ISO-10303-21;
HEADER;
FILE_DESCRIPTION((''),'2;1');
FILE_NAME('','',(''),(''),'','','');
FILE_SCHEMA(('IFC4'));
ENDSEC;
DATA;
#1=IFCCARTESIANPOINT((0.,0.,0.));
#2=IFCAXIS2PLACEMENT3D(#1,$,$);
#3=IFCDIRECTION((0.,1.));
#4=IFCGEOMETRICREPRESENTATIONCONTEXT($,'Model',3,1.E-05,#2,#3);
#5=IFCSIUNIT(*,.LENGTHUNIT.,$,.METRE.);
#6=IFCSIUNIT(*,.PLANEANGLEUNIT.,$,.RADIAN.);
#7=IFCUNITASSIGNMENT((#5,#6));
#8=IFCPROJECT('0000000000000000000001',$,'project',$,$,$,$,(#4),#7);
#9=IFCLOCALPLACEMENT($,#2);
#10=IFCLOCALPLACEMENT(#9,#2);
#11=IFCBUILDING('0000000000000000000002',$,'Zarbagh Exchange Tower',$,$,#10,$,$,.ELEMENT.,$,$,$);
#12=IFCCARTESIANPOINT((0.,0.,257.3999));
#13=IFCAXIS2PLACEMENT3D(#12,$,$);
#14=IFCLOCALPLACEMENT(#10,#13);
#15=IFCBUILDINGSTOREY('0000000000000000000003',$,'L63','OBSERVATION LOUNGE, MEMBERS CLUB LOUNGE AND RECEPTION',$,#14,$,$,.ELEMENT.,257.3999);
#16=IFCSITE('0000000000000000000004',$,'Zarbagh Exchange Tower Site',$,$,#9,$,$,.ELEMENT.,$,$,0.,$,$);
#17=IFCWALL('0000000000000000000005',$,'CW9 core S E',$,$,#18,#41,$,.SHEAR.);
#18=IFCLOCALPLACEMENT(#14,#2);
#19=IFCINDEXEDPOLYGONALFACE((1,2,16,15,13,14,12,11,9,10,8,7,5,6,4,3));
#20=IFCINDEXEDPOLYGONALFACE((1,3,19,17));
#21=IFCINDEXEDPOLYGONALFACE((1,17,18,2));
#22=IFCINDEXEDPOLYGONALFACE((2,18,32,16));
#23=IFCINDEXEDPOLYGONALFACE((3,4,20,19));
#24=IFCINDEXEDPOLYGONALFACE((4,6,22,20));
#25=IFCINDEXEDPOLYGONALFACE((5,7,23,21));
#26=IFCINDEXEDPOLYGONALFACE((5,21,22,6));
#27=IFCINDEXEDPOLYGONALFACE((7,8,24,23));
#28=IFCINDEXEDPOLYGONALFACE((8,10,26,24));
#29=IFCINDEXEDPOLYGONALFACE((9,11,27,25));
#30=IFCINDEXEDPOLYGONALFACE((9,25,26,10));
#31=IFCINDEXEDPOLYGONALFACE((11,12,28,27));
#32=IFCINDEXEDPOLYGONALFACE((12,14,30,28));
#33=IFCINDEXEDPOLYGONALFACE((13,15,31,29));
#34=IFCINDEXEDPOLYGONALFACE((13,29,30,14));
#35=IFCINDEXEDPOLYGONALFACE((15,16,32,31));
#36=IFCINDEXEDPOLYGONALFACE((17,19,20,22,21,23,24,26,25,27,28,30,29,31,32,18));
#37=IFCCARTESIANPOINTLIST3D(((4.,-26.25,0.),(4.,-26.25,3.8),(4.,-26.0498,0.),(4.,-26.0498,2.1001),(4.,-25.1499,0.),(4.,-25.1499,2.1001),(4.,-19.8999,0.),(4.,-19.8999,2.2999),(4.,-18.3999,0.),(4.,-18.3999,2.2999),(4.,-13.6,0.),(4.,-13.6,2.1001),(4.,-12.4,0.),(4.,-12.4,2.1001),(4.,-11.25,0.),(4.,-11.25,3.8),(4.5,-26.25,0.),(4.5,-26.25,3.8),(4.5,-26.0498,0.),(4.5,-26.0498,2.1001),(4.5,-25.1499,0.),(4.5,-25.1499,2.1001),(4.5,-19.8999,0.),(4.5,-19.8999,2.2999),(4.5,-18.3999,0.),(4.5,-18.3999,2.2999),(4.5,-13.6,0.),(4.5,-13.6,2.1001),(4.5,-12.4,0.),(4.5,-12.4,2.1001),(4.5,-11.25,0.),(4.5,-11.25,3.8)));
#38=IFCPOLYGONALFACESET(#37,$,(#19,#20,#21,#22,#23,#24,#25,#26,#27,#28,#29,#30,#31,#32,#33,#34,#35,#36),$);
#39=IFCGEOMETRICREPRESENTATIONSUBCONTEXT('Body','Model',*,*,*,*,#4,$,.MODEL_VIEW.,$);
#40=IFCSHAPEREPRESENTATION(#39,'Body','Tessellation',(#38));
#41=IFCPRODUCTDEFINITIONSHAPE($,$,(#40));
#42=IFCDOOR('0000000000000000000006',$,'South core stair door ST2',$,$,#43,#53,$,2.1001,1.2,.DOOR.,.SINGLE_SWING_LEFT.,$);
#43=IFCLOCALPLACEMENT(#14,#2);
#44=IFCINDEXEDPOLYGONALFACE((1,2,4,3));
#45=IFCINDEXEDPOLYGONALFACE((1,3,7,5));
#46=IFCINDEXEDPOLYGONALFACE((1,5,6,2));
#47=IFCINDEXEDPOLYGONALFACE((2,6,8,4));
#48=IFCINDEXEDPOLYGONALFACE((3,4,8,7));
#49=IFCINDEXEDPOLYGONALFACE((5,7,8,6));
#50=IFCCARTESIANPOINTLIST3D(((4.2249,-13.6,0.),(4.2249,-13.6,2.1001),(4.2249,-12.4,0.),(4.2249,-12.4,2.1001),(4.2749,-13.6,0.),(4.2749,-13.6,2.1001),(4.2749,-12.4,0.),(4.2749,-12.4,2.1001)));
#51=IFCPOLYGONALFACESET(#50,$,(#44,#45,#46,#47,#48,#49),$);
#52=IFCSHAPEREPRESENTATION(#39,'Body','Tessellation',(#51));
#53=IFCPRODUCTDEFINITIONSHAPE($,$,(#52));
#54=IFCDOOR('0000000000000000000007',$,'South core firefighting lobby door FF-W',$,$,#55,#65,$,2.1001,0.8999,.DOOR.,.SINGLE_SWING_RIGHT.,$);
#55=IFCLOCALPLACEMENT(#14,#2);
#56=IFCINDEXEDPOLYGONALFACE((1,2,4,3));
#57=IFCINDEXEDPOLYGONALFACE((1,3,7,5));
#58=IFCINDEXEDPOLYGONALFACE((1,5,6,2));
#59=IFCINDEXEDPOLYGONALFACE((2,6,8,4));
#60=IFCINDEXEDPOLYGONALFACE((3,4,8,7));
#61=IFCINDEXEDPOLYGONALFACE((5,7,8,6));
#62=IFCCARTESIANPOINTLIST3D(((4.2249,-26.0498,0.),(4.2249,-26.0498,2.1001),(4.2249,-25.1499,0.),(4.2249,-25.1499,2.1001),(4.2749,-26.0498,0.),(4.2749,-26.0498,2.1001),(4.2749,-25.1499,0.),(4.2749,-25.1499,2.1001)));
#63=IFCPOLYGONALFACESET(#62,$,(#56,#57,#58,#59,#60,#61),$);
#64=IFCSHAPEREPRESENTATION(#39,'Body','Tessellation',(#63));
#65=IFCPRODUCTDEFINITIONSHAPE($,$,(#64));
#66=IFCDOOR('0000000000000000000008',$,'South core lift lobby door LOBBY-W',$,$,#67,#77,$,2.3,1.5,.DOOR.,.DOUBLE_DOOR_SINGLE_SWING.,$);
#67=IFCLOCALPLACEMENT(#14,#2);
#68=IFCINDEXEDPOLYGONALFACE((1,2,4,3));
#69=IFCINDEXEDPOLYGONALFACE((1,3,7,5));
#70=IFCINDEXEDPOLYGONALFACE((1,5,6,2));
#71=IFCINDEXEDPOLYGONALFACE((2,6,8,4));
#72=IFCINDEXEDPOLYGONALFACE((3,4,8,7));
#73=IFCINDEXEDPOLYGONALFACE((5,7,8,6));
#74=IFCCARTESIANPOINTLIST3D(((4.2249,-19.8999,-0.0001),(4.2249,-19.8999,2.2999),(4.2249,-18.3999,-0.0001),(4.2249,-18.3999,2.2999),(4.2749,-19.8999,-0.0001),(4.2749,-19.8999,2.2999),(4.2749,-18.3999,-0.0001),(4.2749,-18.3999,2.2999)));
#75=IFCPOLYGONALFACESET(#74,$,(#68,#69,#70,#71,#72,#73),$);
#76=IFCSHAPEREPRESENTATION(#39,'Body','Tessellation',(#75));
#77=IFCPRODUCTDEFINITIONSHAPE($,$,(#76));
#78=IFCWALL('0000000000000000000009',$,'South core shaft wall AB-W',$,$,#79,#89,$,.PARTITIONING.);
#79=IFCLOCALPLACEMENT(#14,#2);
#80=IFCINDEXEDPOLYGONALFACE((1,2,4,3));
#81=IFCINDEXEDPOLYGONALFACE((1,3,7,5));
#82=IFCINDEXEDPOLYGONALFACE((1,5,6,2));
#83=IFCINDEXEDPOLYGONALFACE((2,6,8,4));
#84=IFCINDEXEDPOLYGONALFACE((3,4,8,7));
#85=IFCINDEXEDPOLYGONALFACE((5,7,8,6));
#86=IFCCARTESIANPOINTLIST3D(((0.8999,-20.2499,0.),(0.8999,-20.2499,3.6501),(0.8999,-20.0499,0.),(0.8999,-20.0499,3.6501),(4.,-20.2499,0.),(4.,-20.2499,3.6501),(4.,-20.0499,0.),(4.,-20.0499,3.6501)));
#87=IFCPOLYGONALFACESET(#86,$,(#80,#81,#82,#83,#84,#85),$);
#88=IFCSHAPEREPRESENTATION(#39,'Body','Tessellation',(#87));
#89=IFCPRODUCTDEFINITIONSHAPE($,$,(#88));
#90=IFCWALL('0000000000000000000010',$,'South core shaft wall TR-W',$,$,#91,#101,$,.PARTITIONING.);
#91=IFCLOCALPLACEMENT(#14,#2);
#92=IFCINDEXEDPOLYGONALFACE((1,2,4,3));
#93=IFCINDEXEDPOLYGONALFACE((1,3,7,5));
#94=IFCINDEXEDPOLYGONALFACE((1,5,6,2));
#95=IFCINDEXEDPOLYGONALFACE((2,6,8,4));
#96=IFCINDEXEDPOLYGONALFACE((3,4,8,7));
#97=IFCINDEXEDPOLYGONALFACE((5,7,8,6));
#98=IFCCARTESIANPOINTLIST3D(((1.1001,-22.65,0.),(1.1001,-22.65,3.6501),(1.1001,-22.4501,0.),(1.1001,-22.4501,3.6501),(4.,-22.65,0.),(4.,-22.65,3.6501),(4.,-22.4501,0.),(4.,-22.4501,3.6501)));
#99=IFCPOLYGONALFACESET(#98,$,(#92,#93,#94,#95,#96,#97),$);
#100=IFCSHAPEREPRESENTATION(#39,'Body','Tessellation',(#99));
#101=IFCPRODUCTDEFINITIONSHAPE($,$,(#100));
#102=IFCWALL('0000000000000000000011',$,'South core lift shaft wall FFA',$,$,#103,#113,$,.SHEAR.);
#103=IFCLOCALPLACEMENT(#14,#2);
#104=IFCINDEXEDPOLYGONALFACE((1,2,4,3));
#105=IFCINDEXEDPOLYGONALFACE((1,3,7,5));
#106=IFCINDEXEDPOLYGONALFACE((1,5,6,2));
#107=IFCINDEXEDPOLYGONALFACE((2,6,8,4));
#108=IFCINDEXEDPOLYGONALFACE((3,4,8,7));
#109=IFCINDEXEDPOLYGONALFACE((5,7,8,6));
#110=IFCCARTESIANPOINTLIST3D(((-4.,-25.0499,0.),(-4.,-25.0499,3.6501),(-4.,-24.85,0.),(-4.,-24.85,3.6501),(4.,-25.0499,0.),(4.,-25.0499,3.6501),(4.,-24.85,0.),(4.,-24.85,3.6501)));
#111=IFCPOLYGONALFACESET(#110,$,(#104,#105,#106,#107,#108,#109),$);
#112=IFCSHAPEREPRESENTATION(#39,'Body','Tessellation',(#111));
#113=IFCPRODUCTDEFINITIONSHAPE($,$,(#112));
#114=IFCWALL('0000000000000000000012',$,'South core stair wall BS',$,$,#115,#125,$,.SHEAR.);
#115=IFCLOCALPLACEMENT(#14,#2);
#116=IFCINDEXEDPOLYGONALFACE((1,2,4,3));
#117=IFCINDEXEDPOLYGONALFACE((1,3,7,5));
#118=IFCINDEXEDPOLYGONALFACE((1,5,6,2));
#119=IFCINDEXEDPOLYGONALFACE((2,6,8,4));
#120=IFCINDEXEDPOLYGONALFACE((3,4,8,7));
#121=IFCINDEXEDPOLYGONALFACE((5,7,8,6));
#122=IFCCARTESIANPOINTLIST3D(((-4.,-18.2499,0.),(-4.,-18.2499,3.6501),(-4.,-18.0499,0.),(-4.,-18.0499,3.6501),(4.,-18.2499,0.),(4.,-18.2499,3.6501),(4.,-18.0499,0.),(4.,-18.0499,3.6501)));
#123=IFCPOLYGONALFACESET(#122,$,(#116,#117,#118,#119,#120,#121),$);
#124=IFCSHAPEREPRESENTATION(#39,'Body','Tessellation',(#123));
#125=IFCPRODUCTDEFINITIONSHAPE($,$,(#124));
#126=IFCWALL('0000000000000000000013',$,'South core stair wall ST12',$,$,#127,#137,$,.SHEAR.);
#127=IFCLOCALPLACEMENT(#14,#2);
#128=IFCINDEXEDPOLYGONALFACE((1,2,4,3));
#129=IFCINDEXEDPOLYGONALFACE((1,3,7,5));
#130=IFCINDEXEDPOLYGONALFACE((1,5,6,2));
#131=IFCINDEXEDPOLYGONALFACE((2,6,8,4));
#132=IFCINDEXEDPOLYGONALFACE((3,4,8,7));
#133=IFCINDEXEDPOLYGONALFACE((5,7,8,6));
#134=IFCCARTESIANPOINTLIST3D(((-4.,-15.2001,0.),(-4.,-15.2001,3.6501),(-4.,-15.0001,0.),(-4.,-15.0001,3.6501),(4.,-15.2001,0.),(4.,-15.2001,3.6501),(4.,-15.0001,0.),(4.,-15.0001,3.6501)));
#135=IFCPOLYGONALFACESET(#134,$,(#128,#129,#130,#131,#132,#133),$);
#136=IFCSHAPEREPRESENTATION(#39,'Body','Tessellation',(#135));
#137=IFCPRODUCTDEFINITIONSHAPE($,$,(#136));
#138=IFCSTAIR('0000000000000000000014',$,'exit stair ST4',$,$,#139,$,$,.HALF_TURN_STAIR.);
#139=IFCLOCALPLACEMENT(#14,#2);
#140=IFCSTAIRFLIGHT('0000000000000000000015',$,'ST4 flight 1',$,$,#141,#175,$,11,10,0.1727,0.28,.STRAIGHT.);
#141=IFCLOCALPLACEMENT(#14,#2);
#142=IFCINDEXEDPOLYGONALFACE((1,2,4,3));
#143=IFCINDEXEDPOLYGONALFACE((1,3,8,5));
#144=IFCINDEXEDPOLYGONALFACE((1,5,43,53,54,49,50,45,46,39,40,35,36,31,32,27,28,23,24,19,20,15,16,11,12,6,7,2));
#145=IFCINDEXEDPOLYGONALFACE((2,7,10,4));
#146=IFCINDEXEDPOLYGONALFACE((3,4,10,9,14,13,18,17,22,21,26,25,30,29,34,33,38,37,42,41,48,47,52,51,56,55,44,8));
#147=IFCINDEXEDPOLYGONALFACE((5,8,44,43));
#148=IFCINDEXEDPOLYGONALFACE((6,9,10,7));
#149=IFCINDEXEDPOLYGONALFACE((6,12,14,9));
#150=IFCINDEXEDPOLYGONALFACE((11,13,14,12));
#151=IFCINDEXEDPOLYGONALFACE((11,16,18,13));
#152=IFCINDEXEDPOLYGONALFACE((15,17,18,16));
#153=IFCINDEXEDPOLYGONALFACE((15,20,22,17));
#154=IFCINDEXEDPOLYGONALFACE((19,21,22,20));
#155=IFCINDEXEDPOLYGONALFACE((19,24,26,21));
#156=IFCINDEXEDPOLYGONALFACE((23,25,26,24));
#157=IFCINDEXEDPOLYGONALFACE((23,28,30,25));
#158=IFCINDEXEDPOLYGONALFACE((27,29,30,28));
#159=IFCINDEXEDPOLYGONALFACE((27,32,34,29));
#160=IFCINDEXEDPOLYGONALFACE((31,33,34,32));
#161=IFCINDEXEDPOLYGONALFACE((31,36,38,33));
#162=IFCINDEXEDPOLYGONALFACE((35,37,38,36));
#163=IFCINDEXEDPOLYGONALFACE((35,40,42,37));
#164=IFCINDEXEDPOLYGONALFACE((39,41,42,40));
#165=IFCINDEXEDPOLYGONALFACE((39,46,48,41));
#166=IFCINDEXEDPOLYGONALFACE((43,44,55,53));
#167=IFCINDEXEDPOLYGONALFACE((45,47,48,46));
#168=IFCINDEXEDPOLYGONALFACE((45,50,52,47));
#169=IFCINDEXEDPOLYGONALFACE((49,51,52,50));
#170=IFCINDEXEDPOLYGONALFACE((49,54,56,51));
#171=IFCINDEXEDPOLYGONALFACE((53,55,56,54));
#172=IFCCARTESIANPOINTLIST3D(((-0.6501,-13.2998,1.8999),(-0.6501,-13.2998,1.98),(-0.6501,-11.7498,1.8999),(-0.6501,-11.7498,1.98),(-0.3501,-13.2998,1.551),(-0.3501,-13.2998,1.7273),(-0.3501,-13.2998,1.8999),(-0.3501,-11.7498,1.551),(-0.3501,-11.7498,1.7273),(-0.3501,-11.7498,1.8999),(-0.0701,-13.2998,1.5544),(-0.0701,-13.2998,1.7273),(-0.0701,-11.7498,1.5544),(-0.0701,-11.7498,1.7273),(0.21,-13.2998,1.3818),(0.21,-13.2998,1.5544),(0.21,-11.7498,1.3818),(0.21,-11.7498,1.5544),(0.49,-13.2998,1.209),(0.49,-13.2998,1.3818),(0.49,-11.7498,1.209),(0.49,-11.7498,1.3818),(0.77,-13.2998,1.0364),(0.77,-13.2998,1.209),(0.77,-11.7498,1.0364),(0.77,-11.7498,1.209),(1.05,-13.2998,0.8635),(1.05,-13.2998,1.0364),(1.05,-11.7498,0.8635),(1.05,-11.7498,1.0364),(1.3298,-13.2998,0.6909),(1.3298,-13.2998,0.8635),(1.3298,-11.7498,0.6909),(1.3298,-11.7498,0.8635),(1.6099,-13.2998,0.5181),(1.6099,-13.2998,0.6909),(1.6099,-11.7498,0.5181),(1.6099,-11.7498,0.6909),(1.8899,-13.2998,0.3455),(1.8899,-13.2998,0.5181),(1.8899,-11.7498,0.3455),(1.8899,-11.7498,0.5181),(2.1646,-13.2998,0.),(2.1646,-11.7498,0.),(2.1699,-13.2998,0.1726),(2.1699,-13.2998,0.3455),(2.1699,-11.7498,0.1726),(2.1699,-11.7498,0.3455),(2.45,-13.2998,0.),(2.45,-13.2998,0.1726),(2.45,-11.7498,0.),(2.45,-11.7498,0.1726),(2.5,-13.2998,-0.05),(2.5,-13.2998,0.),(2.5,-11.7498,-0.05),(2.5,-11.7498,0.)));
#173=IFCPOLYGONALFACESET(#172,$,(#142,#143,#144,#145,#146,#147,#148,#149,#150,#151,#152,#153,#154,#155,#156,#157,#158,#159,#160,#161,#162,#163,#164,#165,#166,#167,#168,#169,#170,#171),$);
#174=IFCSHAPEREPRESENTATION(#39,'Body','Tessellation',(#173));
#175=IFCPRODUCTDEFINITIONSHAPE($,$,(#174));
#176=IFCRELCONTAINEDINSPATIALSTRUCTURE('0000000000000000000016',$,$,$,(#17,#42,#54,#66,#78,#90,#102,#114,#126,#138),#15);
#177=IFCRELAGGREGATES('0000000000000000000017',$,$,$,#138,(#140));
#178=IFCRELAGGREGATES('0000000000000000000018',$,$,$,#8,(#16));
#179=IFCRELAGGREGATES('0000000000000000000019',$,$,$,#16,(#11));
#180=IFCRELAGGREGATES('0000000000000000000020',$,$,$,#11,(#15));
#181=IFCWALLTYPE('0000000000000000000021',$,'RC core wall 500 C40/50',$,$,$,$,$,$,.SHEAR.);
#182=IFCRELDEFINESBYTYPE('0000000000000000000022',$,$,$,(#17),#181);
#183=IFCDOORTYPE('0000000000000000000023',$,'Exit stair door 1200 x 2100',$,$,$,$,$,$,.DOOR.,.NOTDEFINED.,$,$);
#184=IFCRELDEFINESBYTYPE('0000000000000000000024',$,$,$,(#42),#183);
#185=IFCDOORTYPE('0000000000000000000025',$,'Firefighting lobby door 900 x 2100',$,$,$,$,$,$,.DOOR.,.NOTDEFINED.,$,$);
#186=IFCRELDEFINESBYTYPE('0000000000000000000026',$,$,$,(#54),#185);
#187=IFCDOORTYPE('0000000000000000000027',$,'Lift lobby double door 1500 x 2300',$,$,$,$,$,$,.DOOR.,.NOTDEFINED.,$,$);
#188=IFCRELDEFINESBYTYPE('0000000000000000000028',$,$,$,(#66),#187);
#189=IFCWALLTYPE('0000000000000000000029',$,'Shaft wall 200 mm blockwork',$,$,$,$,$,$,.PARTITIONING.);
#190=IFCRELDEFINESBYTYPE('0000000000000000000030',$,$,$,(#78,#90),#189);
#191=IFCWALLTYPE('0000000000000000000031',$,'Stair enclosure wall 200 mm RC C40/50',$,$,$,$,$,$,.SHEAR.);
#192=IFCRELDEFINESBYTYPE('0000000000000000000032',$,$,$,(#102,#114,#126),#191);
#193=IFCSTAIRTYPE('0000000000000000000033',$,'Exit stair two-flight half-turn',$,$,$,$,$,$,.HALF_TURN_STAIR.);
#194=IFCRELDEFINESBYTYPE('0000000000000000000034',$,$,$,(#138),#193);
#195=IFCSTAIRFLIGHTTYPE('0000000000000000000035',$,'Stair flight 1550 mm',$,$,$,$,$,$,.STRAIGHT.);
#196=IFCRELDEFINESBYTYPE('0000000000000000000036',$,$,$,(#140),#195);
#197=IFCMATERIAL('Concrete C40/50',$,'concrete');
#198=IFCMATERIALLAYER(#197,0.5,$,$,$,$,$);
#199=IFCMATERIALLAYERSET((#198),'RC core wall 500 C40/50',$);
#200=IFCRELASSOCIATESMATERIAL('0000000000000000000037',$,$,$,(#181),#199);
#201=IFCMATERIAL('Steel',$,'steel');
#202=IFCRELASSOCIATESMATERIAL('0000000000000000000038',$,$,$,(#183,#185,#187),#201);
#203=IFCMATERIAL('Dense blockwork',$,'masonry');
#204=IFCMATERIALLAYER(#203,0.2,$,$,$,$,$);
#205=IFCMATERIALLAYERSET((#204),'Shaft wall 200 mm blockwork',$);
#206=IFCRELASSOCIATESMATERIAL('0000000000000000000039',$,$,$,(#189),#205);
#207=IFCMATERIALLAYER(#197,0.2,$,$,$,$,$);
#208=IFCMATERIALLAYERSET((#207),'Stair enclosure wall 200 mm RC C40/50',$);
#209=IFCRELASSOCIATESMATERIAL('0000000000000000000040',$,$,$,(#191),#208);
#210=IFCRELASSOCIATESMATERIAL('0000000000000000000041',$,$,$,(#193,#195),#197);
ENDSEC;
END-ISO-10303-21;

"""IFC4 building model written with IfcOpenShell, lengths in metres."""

from ifc_helpers import new_model, si_unit, direction, frame, frame_2d, origin, place, context, subcontext, project, spatial, polyline, rectangle, outline, extrude, material, layer, layer_set, type_object, element, fill, aggregate, save


model = new_model("IFC4")

# Units and contexts
model_context = context("Model", 3, precision=1e-05, world=origin(), true_north=direction((0.0, 1.0)))
body_context = subcontext(model_context, "Body", "Model", "MODEL_VIEW")
ifc_project = project(units=[si_unit("LENGTHUNIT", "METRE"), si_unit("PLANEANGLEUNIT", "RADIAN")], contexts=[model_context])

# Site, building, storey
site_placement = place(None, origin())
site = spatial("IfcSite", under=ifc_project, at=site_placement, Name="Zarbagh Exchange Tower Site", CompositionType="ELEMENT", RefElevation=0.0)
building_placement = place(site_placement, origin())
building = spatial("IfcBuilding", under=site, at=building_placement, Name="Zarbagh Exchange Tower", CompositionType="ELEMENT")
storey_placement = place(building_placement, frame((0.0, 0.0, 257.3999)))
storey = spatial("IfcBuildingStorey", under=building, at=storey_placement, Name="L63", Description="OBSERVATION LOUNGE, MEMBERS CLUB LOUNGE AND RECEPTION", CompositionType="ELEMENT", Elevation=257.3999)

# Shared definitions
ifc_material_1 = material(Name="Concrete C40/50", Category="concrete")

# Wall, openings, doors
ifc_layer_1 = layer(ifc_material_1, 0.5)
ifc_layer_set_1 = layer_set([ifc_layer_1], Name="RC core wall 500 C40/50")
wall_type_1 = type_object("IfcWallType", Name="RC core wall 500 C40/50", PredefinedType="SHEAR", material=ifc_layer_set_1)
wall_1_placement = place(storey_placement, frame((4.25, -11.25, 0.0), z_axis=(0.0, 0.0, 1.0), x_axis=(0.0, -1.0, 0.0)))
wall_1 = element("IfcWall", 1, at=wall_1_placement, inside=storey, type_object=wall_type_1, Name="CW9 core S E", PredefinedType="SHEAR", context=body_context, shape_type="SweptSolid", body=[
    extrude(rectangle(XDim=15.0, YDim=0.5, at=frame_2d((7.5, 0.0))), origin(), (0.0, 0.0, 1.0), 3.8),
])
opening_1_placement = place(wall_1_placement, frame((7.1499, 0.0, 0.0)))
opening_1 = element("IfcOpeningElement", 2, at=opening_1_placement, cuts=wall_1, PredefinedType="OPENING", context=body_context, shape_type="SweptSolid", body=[
    extrude(rectangle(XDim=1.5, YDim=2.3, at=frame_2d((0.75, 1.1499))), frame((0.0, 0.26, 0.0), z_axis=(0.0, -1.0, 0.0), x_axis=(1.0, 0.0, 0.0)), (0.0, 0.0, 1.0), 0.52),
])
opening_2_placement = place(wall_1_placement, frame((13.8999, 0.0, 0.0)))
opening_2 = element("IfcOpeningElement", 3, at=opening_2_placement, cuts=wall_1, PredefinedType="OPENING", context=body_context, shape_type="SweptSolid", body=[
    extrude(rectangle(XDim=0.8999, YDim=2.1001, at=frame_2d((0.45, 1.05))), frame((0.0, 0.26, 0.0), z_axis=(0.0, -1.0, 0.0), x_axis=(1.0, 0.0, 0.0)), (0.0, 0.0, 1.0), 0.52),
])
opening_3_placement = place(wall_1_placement, frame((1.1499, 0.0, 0.0)))
opening_3 = element("IfcOpeningElement", 4, at=opening_3_placement, cuts=wall_1, PredefinedType="OPENING", context=body_context, shape_type="SweptSolid", body=[
    extrude(rectangle(XDim=1.2, YDim=2.1001, at=frame_2d((0.6001, 1.05))), frame((0.0, 0.26, 0.0), z_axis=(0.0, -1.0, 0.0), x_axis=(1.0, 0.0, 0.0)), (0.0, 0.0, 1.0), 0.52),
])
ifc_material_2 = material(Name="Steel", Category="steel")
door_type_1 = type_object("IfcDoorType", Name="Exit stair door 1200 x 2100", OperationType="NOTDEFINED", PredefinedType="DOOR", material=ifc_material_2)
door_1_placement = place(opening_3_placement, origin())
door_1 = element("IfcDoor", 5, at=door_1_placement, inside=storey, type_object=door_type_1, Name="South core stair door ST2", OperationType="SINGLE_SWING_LEFT", OverallHeight=2.1001, OverallWidth=1.2, PredefinedType="DOOR", context=body_context, shape_type="SweptSolid", body=[
    extrude(rectangle(XDim=1.2, YDim=2.1001, at=frame_2d((0.6001, 1.05))), frame((0.0, 0.0249, 0.0), z_axis=(0.0, -1.0, 0.0), x_axis=(1.0, 0.0, 0.0)), (0.0, 0.0, 1.0), 0.05),
])
fill(opening_3, door_1)
door_type_2 = type_object("IfcDoorType", Name="Firefighting lobby door 900 x 2100", OperationType="NOTDEFINED", PredefinedType="DOOR", material=ifc_material_2)
door_2_placement = place(opening_2_placement, origin())
door_2 = element("IfcDoor", 6, at=door_2_placement, inside=storey, type_object=door_type_2, Name="South core firefighting lobby door FF-W", OperationType="SINGLE_SWING_RIGHT", OverallHeight=2.1001, OverallWidth=0.8999, PredefinedType="DOOR", context=body_context, shape_type="SweptSolid", body=[
    extrude(rectangle(XDim=0.8999, YDim=2.1001, at=frame_2d((0.45, 1.05))), frame((0.0, 0.0249, 0.0), z_axis=(0.0, -1.0, 0.0), x_axis=(1.0, 0.0, 0.0)), (0.0, 0.0, 1.0), 0.05),
])
fill(opening_2, door_2)
door_type_3 = type_object("IfcDoorType", Name="Lift lobby double door 1500 x 2300", OperationType="NOTDEFINED", PredefinedType="DOOR", material=ifc_material_2)
door_3_placement = place(opening_1_placement, origin())
door_3 = element("IfcDoor", 7, at=door_3_placement, inside=storey, type_object=door_type_3, Name="South core lift lobby door LOBBY-W", OperationType="DOUBLE_DOOR_SINGLE_SWING", OverallHeight=2.3, OverallWidth=1.5, PredefinedType="DOOR", context=body_context, shape_type="SweptSolid", body=[
    extrude(rectangle(XDim=1.5, YDim=2.3, at=frame_2d((0.75, 1.1499))), frame((0.0, 0.0249, 0.0), z_axis=(0.0, -1.0, 0.0), x_axis=(1.0, 0.0, 0.0)), (0.0, 0.0, 1.0), 0.05),
])
fill(opening_1, door_3)

# Walls
ifc_material_3 = material(Name="Dense blockwork", Category="masonry")
ifc_layer_2 = layer(ifc_material_3, 0.2)
ifc_layer_set_2 = layer_set([ifc_layer_2], Name="Shaft wall 200 mm blockwork")
wall_type_2 = type_object("IfcWallType", Name="Shaft wall 200 mm blockwork", PredefinedType="PARTITIONING", material=ifc_layer_set_2)
wall_2_placement = place(storey_placement, frame((4.0, -20.1499, 0.0), z_axis=(0.0, 0.0, 1.0), x_axis=(-1.0, 0.0, 0.0)))
element("IfcWall", 8, at=wall_2_placement, inside=storey, type_object=wall_type_2, Name="South core shaft wall AB-W", PredefinedType="PARTITIONING", context=body_context, shape_type="SweptSolid", body=[
    extrude(rectangle(XDim=3.1001, YDim=0.2, at=frame_2d((1.55, 0.0))), origin(), (0.0, 0.0, 1.0), 3.6501),
])
wall_3_placement = place(storey_placement, frame((4.0, -22.55, 0.0), z_axis=(0.0, 0.0, 1.0), x_axis=(-1.0, 0.0, 0.0)))
element("IfcWall", 9, at=wall_3_placement, inside=storey, type_object=wall_type_2, Name="South core shaft wall TR-W", PredefinedType="PARTITIONING", context=body_context, shape_type="SweptSolid", body=[
    extrude(rectangle(XDim=2.8999, YDim=0.2, at=frame_2d((1.45, 0.0))), origin(), (0.0, 0.0, 1.0), 3.6501),
])
ifc_layer_3 = layer(ifc_material_1, 0.2)
ifc_layer_set_3 = layer_set([ifc_layer_3], Name="Stair enclosure wall 200 mm RC C40/50")
wall_type_3 = type_object("IfcWallType", Name="Stair enclosure wall 200 mm RC C40/50", PredefinedType="SHEAR", material=ifc_layer_set_3)
for number, where, z_axis, x_axis, name in (
    (10, (4.0, -24.95, 0.0), (0.0, 0.0, 1.0), (-1.0, 0.0, 0.0), "South core lift shaft wall FFA"),
    (11, (4.0, -18.1499, 0.0), (0.0, 0.0, 1.0), (-1.0, 0.0, 0.0), "South core stair wall BS"),
    (12, (4.0, -15.1001, 0.0), (0.0, 0.0, 1.0), (-1.0, 0.0, 0.0), "South core stair wall ST12"),
):
    element("IfcWall", number, at=place(storey_placement, frame(where, z_axis=z_axis, x_axis=x_axis)), inside=storey, type_object=wall_type_3, Name=name, PredefinedType="SHEAR", context=body_context, shape_type="SweptSolid", body=[
        extrude(rectangle(XDim=8.0, YDim=0.2, at=frame_2d((4.0, 0.0))), origin(), (0.0, 0.0, 1.0), 3.6501),
    ])

# Stair, stair flight
stair_type = type_object("IfcStairType", Name="Exit stair two-flight half-turn", PredefinedType="HALF_TURN_STAIR", material=ifc_material_1)
stair_placement = place(storey_placement, origin())
stair = element("IfcStair", 13, at=stair_placement, inside=storey, type_object=stair_type, Name="exit stair ST4", PredefinedType="HALF_TURN_STAIR")
stair_flight_type = type_object("IfcStairFlightType", Name="Stair flight 1550 mm", PredefinedType="STRAIGHT", material=ifc_material_1)
stair_flight_placement = place(storey_placement, frame((2.45, -12.5249, 0.0), z_axis=(0.0, 0.0, 1.0), x_axis=(-1.0, 0.0, 0.0)))
stair_flight = element("IfcStairFlight", 14, at=stair_flight_placement, type_object=stair_flight_type, Name="ST4 flight 1", NumberOfRisers=11, NumberOfTreads=10, PredefinedType="STRAIGHT", RiserHeight=0.1727, TreadLength=0.28, context=body_context, shape_type="SweptSolid", body=[
    extrude(outline(polyline([(-0.05, -0.05), (-0.05, 0.0), (0.0, 0.0), (0.0, 0.1726), (0.28, 0.1726), (0.28, 0.3455), (0.5601, 0.3455), (0.5601, 0.5181), (0.8401, 0.5181), (0.8401, 0.6909), (1.1201, 0.6909), (1.1201, 0.8635), (1.3999, 0.8635), (1.3999, 1.0364), (1.6799, 1.0364), (1.6799, 1.209), (1.96, 1.209), (1.96, 1.3818), (2.24, 1.3818), (2.24, 1.5544), (2.52, 1.5544), (2.52, 1.7273), (2.8, 1.7273), (2.8, 1.8999), (3.1001, 1.98), (3.1001, 1.8999), (2.8, 1.551), (0.2854, 0.0), (-0.05, -0.05)])), frame((0.0, 0.7749, 0.0), z_axis=(0.0, -1.0, 0.0), x_axis=(1.0, 0.0, 0.0)), (0.0, 0.0, 1.0), 1.55),
])
aggregate(stair, [stair_flight])

save(model, "model.ifc")
